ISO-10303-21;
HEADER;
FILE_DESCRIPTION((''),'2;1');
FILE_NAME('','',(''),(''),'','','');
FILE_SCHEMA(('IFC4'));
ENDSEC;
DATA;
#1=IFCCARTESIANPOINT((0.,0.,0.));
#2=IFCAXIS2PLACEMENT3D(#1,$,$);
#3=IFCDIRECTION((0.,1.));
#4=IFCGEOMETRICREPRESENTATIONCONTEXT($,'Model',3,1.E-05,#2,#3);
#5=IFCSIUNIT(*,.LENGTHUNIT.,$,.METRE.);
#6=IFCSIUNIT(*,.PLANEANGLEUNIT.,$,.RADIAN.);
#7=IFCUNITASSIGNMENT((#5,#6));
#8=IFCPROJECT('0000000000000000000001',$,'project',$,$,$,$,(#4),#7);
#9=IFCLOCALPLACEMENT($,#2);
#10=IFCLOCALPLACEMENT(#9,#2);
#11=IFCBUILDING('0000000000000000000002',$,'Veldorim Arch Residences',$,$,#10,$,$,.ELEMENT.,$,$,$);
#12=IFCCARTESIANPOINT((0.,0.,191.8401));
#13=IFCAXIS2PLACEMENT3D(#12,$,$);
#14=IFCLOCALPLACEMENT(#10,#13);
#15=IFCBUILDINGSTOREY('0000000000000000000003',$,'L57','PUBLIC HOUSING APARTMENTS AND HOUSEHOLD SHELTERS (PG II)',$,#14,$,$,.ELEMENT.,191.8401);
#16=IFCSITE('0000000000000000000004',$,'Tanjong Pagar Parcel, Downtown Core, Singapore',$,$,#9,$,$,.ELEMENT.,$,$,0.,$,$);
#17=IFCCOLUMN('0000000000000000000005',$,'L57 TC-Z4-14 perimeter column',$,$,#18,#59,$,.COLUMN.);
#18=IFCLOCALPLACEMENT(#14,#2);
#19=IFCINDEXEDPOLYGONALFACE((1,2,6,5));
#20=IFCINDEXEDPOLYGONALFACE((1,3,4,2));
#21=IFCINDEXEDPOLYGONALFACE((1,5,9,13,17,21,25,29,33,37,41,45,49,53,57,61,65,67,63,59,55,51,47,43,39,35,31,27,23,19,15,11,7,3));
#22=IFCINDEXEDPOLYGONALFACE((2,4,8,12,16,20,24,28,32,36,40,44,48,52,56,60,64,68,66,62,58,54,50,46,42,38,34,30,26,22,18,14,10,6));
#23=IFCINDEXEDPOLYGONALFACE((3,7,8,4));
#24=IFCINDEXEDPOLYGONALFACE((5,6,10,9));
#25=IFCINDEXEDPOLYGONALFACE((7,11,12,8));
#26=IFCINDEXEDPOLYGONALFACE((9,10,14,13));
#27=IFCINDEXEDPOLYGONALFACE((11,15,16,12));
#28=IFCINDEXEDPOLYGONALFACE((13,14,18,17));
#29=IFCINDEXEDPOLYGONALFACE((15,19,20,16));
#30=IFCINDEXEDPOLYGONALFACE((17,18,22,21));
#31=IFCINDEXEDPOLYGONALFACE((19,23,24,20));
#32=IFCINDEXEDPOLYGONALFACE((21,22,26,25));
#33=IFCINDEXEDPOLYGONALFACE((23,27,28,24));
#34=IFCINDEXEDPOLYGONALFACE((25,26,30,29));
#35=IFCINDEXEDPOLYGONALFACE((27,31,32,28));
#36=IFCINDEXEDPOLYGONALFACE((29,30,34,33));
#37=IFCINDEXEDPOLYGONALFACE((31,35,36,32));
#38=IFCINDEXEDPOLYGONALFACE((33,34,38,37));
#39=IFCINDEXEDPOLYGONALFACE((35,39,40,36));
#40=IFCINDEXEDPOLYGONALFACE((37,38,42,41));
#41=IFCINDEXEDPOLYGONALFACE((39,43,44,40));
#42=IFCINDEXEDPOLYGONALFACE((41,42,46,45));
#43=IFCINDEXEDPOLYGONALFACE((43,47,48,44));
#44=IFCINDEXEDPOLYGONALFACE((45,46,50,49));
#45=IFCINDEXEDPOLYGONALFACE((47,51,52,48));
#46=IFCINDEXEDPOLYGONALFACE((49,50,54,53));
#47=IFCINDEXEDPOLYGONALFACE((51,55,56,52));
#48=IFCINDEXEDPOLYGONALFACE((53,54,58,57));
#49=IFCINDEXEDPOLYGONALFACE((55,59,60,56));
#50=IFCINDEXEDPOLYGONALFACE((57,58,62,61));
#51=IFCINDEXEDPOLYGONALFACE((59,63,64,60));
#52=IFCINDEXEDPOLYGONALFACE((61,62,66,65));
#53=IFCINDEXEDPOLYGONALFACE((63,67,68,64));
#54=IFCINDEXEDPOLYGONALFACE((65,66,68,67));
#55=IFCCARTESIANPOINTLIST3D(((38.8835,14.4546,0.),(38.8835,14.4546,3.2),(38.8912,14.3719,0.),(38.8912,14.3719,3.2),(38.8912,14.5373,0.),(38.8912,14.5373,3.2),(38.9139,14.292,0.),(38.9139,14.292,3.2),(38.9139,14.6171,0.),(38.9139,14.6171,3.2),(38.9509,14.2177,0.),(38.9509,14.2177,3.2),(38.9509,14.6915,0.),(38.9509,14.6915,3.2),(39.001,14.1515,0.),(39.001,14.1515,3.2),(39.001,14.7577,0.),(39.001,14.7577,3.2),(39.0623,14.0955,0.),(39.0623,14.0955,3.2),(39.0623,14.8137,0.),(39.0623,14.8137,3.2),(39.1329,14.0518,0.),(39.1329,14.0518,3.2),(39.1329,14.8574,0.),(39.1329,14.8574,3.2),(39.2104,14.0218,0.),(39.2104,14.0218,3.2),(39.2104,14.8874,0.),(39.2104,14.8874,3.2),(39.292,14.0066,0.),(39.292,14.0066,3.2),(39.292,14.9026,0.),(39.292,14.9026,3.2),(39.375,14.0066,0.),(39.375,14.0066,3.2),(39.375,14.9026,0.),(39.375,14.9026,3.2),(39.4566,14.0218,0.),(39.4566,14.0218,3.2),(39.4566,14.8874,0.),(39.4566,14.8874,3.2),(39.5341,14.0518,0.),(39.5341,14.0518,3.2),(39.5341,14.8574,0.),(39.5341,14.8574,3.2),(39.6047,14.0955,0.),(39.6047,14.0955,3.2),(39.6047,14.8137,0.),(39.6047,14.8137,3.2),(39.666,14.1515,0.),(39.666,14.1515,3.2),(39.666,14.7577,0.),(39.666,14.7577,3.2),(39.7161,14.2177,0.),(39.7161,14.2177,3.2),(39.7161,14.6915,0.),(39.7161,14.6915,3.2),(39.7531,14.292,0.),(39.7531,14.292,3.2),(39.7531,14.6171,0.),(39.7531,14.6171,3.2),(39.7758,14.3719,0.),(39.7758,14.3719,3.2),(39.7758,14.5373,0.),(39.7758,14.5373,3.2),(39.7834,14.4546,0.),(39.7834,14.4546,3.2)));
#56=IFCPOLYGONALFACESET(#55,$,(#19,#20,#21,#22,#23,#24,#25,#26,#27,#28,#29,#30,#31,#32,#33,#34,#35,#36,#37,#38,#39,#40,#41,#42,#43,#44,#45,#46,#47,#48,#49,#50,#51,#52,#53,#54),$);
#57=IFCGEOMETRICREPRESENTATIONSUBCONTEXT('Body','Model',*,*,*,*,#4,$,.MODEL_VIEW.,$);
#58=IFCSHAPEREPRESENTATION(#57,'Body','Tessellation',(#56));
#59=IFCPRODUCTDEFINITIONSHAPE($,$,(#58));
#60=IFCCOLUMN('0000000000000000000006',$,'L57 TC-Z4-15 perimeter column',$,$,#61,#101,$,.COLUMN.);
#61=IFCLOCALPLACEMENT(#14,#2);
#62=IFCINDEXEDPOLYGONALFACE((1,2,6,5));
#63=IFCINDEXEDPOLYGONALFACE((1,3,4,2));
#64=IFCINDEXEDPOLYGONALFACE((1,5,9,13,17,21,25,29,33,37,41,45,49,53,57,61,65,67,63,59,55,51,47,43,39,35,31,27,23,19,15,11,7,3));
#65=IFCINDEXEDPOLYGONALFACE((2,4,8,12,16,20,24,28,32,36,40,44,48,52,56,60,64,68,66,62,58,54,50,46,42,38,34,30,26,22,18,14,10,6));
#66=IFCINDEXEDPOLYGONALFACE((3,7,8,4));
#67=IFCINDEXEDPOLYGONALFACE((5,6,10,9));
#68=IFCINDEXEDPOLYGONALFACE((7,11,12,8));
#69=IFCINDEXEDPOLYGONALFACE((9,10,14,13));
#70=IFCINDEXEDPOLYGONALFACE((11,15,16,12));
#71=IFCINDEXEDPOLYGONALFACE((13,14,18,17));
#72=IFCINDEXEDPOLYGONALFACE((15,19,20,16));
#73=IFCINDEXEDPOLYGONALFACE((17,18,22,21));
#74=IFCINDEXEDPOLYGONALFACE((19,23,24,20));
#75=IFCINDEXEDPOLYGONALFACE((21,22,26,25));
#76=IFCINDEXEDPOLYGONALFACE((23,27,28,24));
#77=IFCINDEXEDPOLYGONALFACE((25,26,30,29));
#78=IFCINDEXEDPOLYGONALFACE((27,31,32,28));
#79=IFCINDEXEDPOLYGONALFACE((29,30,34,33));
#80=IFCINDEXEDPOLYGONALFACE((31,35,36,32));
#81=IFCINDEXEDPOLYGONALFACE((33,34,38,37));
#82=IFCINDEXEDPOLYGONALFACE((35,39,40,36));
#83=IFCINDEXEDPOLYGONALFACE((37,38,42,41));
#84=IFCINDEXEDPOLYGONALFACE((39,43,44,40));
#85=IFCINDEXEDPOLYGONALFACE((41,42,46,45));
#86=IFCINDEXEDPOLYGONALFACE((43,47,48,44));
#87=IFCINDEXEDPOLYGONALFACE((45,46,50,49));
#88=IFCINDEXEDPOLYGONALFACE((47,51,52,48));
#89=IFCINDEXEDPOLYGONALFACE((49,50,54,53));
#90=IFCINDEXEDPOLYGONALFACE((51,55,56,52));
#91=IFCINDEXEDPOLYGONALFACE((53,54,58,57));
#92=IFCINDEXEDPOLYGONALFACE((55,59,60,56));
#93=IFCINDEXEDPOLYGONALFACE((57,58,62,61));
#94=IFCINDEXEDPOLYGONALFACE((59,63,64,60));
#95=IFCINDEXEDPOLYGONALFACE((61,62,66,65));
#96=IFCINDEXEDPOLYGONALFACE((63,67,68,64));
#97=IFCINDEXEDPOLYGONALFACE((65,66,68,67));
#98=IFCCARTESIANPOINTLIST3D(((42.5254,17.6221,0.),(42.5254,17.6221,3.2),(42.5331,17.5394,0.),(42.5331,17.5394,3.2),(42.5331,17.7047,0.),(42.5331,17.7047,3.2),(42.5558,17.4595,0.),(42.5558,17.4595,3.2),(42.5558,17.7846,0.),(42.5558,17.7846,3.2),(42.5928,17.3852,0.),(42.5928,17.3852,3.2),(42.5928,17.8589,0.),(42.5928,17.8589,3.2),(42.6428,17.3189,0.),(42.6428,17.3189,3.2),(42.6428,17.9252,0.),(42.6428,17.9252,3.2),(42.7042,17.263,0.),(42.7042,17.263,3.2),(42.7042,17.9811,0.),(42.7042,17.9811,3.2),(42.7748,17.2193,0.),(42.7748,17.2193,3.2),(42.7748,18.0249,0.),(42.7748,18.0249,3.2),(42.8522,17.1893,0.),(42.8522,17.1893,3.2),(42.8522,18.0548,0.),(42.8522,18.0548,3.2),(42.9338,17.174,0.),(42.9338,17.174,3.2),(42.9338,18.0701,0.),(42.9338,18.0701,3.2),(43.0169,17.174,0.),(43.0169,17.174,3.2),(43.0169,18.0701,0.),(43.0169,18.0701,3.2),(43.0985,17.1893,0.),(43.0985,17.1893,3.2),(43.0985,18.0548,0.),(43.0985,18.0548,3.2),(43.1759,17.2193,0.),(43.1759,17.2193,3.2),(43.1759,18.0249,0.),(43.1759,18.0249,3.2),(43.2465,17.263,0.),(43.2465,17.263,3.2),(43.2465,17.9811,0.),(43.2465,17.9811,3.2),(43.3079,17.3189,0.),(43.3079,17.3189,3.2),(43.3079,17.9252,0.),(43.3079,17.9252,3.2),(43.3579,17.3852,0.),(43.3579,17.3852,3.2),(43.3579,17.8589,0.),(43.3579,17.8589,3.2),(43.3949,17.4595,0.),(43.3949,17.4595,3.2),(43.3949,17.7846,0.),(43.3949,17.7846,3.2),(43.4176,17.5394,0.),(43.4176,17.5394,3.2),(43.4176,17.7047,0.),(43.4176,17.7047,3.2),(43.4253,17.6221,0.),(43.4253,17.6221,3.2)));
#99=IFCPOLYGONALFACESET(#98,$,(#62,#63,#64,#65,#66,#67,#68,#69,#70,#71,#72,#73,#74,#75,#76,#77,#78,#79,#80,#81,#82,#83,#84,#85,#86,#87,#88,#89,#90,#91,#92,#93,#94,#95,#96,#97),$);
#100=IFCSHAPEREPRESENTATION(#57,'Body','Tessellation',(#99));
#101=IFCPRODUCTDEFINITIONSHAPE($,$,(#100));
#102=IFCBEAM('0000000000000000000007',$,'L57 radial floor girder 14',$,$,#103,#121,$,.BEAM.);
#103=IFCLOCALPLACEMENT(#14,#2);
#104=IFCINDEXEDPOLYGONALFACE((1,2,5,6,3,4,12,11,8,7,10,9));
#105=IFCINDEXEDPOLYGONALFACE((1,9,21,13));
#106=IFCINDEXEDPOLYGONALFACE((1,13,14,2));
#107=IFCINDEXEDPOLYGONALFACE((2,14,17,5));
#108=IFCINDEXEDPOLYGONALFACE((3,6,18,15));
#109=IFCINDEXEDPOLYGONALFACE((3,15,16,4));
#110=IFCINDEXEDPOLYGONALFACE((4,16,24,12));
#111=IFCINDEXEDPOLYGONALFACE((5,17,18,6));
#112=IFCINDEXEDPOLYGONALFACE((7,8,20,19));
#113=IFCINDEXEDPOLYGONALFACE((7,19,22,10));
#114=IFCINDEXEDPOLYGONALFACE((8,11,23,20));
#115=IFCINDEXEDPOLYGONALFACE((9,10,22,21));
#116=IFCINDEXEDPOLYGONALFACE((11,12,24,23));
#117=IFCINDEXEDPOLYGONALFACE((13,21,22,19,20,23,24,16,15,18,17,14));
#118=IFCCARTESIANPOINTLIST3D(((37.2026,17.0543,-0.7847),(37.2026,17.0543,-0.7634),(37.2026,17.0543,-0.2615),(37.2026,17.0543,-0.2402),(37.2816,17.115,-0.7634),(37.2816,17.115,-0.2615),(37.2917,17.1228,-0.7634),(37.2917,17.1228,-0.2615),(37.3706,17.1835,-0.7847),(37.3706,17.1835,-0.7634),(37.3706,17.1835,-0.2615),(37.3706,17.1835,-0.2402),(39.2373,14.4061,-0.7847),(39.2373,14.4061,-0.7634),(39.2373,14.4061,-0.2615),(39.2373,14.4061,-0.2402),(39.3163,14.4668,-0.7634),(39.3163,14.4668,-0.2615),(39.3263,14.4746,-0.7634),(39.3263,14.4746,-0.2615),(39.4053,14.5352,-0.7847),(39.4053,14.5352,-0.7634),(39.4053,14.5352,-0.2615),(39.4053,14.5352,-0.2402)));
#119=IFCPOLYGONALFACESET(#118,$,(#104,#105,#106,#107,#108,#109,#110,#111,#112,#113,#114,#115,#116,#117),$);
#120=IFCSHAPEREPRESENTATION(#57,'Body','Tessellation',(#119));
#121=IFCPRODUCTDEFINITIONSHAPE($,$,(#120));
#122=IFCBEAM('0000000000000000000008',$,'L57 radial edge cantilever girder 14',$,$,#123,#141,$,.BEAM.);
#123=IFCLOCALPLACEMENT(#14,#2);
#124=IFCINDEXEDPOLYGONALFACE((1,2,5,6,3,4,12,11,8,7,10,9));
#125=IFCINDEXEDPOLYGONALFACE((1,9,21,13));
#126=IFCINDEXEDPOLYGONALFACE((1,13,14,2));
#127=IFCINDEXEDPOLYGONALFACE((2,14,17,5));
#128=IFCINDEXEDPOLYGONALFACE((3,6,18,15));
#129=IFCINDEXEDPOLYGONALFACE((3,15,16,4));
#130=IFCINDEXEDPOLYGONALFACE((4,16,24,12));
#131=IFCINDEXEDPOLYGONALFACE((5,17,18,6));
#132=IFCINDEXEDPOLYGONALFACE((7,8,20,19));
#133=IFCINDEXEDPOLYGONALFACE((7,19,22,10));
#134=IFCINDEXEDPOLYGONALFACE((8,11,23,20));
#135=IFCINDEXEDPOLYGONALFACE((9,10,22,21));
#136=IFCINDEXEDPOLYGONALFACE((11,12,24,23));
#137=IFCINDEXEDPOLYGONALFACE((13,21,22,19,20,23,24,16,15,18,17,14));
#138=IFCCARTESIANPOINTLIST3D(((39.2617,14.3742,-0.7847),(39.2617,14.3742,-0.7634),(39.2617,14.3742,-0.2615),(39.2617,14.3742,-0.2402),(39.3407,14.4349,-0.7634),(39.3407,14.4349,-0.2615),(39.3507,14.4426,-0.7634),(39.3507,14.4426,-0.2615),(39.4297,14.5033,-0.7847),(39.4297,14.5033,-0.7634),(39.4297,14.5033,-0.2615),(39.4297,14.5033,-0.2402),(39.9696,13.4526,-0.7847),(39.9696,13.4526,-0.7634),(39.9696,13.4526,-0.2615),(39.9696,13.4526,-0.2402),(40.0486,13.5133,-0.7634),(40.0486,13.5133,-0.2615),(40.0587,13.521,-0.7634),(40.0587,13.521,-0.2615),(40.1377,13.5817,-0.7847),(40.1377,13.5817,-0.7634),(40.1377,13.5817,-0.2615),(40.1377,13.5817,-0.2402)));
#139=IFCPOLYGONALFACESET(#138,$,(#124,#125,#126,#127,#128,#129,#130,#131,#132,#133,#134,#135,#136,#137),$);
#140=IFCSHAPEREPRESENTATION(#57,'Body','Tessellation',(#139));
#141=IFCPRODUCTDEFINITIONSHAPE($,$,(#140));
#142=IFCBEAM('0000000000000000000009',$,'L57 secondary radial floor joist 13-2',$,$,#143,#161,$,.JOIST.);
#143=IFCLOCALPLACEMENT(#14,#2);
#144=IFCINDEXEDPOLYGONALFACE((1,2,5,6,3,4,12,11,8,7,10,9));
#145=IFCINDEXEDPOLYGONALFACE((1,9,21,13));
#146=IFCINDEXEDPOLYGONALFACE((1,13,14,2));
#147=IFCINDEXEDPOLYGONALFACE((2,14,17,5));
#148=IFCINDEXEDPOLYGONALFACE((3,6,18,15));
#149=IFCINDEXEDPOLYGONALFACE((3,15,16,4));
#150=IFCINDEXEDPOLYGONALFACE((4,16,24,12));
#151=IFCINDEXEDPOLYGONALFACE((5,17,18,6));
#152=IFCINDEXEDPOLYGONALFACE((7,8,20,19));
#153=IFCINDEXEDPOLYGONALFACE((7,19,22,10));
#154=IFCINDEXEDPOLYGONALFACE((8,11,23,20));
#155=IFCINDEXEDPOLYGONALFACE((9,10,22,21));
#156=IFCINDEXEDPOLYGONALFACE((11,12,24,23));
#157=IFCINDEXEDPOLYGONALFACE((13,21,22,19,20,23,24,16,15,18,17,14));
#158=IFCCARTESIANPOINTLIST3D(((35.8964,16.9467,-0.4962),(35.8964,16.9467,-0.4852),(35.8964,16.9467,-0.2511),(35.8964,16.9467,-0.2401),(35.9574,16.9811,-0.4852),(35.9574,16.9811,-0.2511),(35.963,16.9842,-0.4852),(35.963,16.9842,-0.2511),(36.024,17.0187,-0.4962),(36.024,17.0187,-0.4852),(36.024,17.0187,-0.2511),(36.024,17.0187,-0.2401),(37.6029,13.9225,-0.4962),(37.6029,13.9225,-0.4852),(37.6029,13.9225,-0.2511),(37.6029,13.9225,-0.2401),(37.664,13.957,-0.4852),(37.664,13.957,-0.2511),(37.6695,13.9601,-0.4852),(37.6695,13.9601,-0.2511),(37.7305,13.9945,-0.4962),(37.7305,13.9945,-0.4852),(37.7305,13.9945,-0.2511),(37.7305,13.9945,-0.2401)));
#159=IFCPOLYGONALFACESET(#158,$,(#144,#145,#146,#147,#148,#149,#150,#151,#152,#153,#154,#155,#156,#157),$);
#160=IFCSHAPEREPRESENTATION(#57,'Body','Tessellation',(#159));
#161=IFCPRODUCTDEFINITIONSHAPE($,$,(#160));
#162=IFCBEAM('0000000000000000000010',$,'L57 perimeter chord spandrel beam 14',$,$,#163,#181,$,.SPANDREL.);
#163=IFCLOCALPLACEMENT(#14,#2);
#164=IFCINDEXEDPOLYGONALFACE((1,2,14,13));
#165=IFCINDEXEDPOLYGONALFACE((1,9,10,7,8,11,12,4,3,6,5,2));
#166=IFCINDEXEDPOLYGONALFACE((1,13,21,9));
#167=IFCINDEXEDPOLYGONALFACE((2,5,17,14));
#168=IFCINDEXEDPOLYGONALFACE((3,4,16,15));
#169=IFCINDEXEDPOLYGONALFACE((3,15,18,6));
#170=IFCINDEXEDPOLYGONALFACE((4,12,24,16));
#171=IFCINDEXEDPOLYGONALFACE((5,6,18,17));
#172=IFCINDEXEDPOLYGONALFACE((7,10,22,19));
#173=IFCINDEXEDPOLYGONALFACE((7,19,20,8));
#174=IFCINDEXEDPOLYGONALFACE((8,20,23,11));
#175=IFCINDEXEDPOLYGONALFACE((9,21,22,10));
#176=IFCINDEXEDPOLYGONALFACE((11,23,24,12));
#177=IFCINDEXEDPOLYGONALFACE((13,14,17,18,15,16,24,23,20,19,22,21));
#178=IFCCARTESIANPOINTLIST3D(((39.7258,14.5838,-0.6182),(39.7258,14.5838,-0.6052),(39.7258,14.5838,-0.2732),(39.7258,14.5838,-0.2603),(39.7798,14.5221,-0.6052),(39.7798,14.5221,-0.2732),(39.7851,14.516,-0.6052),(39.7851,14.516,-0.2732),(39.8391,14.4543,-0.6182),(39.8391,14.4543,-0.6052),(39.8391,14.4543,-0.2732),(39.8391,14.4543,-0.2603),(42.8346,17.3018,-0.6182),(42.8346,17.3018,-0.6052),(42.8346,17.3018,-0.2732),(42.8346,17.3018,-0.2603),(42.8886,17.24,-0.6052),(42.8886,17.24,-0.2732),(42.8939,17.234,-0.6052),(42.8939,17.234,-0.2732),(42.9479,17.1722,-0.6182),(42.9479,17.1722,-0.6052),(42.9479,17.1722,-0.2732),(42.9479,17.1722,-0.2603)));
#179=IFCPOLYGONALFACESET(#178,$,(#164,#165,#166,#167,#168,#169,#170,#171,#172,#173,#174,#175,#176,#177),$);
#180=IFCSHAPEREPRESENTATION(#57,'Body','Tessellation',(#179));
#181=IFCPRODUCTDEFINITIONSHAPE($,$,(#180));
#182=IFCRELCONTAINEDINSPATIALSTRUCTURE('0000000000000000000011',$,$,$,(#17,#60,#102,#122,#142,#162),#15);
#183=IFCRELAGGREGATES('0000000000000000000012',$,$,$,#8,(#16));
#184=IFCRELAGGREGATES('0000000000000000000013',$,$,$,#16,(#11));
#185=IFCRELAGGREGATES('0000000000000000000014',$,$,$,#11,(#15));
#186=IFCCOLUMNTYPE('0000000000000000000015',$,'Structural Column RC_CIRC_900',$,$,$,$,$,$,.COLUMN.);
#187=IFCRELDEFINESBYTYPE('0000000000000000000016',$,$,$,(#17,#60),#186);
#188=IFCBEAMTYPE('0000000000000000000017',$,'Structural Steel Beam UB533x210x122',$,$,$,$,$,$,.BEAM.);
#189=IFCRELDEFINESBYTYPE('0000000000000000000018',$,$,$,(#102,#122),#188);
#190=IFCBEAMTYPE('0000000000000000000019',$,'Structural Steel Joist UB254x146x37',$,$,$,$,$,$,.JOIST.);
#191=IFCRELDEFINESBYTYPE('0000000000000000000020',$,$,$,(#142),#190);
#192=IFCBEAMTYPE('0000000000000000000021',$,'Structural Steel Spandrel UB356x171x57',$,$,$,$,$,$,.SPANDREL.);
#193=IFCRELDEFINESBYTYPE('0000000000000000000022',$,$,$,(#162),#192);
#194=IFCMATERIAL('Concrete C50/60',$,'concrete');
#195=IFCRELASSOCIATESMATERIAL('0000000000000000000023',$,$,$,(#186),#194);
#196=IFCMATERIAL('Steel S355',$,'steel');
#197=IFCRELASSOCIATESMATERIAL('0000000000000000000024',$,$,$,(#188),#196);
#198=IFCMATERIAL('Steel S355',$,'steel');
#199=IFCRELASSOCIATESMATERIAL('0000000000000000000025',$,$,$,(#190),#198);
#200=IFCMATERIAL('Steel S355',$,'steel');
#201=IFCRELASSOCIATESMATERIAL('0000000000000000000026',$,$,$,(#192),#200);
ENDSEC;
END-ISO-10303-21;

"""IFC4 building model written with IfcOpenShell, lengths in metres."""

from ifc_helpers import new_model, si_unit, direction, frame, origin, origin_2d, place, context, subcontext, project, spatial, circle, i_section, extrude, material, material_profile, profile_set, type_object, element, save


model = new_model("IFC4")

# Units and contexts
model_context = context("Model", 3, precision=1e-05, world=origin(), true_north=direction((0.0, 1.0)))
body_context = subcontext(model_context, "Body", "Model", "MODEL_VIEW")
ifc_project = project(units=[si_unit("LENGTHUNIT", "METRE"), si_unit("PLANEANGLEUNIT", "RADIAN")], contexts=[model_context])

# Site, building, storey
site_placement = place(None, origin())
site = spatial("IfcSite", under=ifc_project, at=site_placement, Name="Tanjong Pagar Parcel, Downtown Core, Singapore", CompositionType="ELEMENT", RefElevation=0.0)
building_placement = place(site_placement, origin())
building = spatial("IfcBuilding", under=site, at=building_placement, Name="Veldorim Arch Residences", CompositionType="ELEMENT")
storey_placement = place(building_placement, frame((0.0, 0.0, 191.8401)))
storey = spatial("IfcBuildingStorey", under=building, at=storey_placement, Name="L57", Description="PUBLIC HOUSING APARTMENTS AND HOUSEHOLD SHELTERS (PG II)", CompositionType="ELEMENT", Elevation=191.8401)

# Columns
ifc_material_1 = material(Name="Concrete C50/60", Category="concrete")
ifc_material_profile_1 = material_profile(ifc_material_1, circle(Radius=0.45, at=origin_2d()), Name="RC_CIRC_900")
ifc_profile_set_1 = profile_set([ifc_material_profile_1], Name="Concrete C50/60")
column_type = type_object("IfcColumnType", Name="Structural Column RC_CIRC_900", PredefinedType="COLUMN", material=ifc_profile_set_1)
for number, where, z_axis, x_axis, name in (
    (1, (39.3335, 14.4546, 0.0), (0.0, 0.0, 1.0), (1.0, 0.0, 0.0), "L57 TC-Z4-14 perimeter column"),
    (2, (42.9753, 17.6221, 0.0), (0.0, 0.0, 1.0), (1.0, 0.0, 0.0), "L57 TC-Z4-15 perimeter column"),
):
    element("IfcColumn", number, at=place(storey_placement, frame(where, z_axis=z_axis, x_axis=x_axis)), inside=storey, type_object=column_type, Name=name, PredefinedType="COLUMN", context=body_context, shape_type="SweptSolid", body=[
        extrude(circle(Radius=0.45, at=origin_2d()), origin(), (0.0, 0.0, 1.0), 3.2),
    ])

# Beams
ifc_material_2 = material(Name="Steel S355", Category="steel")
ifc_material_profile_2 = material_profile(ifc_material_2, i_section(OverallWidth=0.2119, OverallDepth=0.5444, WebThickness=0.0127, FlangeThickness=0.0212, at=origin_2d()), Name="UB533x210x122")
ifc_profile_set_2 = profile_set([ifc_material_profile_2], Name="Steel S355")
beam_type_1 = type_object("IfcBeamType", Name="Structural Steel Beam UB533x210x122", PredefinedType="BEAM", material=ifc_profile_set_2)
beam_1_placement = place(storey_placement, frame((37.2866, 17.1189, -0.5125), z_axis=(0.609258, -0.792972, 0.0), x_axis=(0.792972, 0.609258, 0.0)))
element("IfcBeam", 3, at=beam_1_placement, inside=storey, type_object=beam_type_1, Name="L57 radial floor girder 14", PredefinedType="BEAM", context=body_context, shape_type="SweptSolid", body=[
    extrude(i_section(OverallWidth=0.2119, OverallDepth=0.5444, WebThickness=0.0127, FlangeThickness=0.0212, at=origin_2d()), origin(), (0.0, 0.0, 1.0), 3.3396),
])
beam_2_placement = place(storey_placement, frame((39.3457, 14.4387, -0.5125), z_axis=(0.609203, -0.793014, 0.0), x_axis=(0.793014, 0.609203, 0.0)))
element("IfcBeam", 4, at=beam_2_placement, inside=storey, type_object=beam_type_1, Name="L57 radial edge cantilever girder 14", PredefinedType="BEAM", context=body_context, shape_type="SweptSolid", body=[
    extrude(i_section(OverallWidth=0.2119, OverallDepth=0.5444, WebThickness=0.0127, FlangeThickness=0.0212, at=origin_2d()), origin(), (0.0, 0.0, 1.0), 1.1621),
])
ifc_material_3 = material(Name="Steel S355", Category="steel")
ifc_material_profile_3 = material_profile(ifc_material_3, i_section(OverallWidth=0.1465, OverallDepth=0.2561, WebThickness=0.0063, FlangeThickness=0.011, at=origin_2d()), Name="UB254x146x37")
ifc_profile_set_3 = profile_set([ifc_material_profile_3], Name="Steel S355")
beam_type_2 = type_object("IfcBeamType", Name="Structural Steel Joist UB254x146x37", PredefinedType="JOIST", material=ifc_profile_set_3)
beam_3_placement = place(storey_placement, frame((35.9602, 16.9827, -0.3682), z_axis=(0.491452, -0.870904, 0.0), x_axis=(0.870904, 0.491452, 0.0)))
element("IfcBeam", 5, at=beam_3_placement, inside=storey, type_object=beam_type_2, Name="L57 secondary radial floor joist 13-2", PredefinedType="JOIST", context=body_context, shape_type="SweptSolid", body=[
    extrude(i_section(OverallWidth=0.1465, OverallDepth=0.2561, WebThickness=0.0063, FlangeThickness=0.011, at=origin_2d()), origin(), (0.0, 0.0, 1.0), 3.4724),
])
ifc_material_4 = material(Name="Steel S355", Category="steel")
ifc_material_profile_4 = material_profile(ifc_material_4, i_section(OverallWidth=0.1721, OverallDepth=0.3579, WebThickness=0.0081, FlangeThickness=0.0129, at=origin_2d()), Name="UB356x171x57")
ifc_profile_set_4 = profile_set([ifc_material_profile_4], Name="Steel S355")
beam_type_3 = type_object("IfcBeamType", Name="Structural Steel Spandrel UB356x171x57", PredefinedType="SPANDREL", material=ifc_profile_set_4)
beam_4_placement = place(storey_placement, frame((39.7825, 14.519, -0.4392), z_axis=(0.752848, 0.658195, 0.0), x_axis=(-0.658195, 0.752848, 0.0)))
element("IfcBeam", 6, at=beam_4_placement, inside=storey, type_object=beam_type_3, Name="L57 perimeter chord spandrel beam 14", PredefinedType="SPANDREL", context=body_context, shape_type="SweptSolid", body=[
    extrude(i_section(OverallWidth=0.1721, OverallDepth=0.3579, WebThickness=0.0081, FlangeThickness=0.0129, at=origin_2d()), origin(), (0.0, 0.0, 1.0), 4.1294),
])

save(model, "model.ifc")
